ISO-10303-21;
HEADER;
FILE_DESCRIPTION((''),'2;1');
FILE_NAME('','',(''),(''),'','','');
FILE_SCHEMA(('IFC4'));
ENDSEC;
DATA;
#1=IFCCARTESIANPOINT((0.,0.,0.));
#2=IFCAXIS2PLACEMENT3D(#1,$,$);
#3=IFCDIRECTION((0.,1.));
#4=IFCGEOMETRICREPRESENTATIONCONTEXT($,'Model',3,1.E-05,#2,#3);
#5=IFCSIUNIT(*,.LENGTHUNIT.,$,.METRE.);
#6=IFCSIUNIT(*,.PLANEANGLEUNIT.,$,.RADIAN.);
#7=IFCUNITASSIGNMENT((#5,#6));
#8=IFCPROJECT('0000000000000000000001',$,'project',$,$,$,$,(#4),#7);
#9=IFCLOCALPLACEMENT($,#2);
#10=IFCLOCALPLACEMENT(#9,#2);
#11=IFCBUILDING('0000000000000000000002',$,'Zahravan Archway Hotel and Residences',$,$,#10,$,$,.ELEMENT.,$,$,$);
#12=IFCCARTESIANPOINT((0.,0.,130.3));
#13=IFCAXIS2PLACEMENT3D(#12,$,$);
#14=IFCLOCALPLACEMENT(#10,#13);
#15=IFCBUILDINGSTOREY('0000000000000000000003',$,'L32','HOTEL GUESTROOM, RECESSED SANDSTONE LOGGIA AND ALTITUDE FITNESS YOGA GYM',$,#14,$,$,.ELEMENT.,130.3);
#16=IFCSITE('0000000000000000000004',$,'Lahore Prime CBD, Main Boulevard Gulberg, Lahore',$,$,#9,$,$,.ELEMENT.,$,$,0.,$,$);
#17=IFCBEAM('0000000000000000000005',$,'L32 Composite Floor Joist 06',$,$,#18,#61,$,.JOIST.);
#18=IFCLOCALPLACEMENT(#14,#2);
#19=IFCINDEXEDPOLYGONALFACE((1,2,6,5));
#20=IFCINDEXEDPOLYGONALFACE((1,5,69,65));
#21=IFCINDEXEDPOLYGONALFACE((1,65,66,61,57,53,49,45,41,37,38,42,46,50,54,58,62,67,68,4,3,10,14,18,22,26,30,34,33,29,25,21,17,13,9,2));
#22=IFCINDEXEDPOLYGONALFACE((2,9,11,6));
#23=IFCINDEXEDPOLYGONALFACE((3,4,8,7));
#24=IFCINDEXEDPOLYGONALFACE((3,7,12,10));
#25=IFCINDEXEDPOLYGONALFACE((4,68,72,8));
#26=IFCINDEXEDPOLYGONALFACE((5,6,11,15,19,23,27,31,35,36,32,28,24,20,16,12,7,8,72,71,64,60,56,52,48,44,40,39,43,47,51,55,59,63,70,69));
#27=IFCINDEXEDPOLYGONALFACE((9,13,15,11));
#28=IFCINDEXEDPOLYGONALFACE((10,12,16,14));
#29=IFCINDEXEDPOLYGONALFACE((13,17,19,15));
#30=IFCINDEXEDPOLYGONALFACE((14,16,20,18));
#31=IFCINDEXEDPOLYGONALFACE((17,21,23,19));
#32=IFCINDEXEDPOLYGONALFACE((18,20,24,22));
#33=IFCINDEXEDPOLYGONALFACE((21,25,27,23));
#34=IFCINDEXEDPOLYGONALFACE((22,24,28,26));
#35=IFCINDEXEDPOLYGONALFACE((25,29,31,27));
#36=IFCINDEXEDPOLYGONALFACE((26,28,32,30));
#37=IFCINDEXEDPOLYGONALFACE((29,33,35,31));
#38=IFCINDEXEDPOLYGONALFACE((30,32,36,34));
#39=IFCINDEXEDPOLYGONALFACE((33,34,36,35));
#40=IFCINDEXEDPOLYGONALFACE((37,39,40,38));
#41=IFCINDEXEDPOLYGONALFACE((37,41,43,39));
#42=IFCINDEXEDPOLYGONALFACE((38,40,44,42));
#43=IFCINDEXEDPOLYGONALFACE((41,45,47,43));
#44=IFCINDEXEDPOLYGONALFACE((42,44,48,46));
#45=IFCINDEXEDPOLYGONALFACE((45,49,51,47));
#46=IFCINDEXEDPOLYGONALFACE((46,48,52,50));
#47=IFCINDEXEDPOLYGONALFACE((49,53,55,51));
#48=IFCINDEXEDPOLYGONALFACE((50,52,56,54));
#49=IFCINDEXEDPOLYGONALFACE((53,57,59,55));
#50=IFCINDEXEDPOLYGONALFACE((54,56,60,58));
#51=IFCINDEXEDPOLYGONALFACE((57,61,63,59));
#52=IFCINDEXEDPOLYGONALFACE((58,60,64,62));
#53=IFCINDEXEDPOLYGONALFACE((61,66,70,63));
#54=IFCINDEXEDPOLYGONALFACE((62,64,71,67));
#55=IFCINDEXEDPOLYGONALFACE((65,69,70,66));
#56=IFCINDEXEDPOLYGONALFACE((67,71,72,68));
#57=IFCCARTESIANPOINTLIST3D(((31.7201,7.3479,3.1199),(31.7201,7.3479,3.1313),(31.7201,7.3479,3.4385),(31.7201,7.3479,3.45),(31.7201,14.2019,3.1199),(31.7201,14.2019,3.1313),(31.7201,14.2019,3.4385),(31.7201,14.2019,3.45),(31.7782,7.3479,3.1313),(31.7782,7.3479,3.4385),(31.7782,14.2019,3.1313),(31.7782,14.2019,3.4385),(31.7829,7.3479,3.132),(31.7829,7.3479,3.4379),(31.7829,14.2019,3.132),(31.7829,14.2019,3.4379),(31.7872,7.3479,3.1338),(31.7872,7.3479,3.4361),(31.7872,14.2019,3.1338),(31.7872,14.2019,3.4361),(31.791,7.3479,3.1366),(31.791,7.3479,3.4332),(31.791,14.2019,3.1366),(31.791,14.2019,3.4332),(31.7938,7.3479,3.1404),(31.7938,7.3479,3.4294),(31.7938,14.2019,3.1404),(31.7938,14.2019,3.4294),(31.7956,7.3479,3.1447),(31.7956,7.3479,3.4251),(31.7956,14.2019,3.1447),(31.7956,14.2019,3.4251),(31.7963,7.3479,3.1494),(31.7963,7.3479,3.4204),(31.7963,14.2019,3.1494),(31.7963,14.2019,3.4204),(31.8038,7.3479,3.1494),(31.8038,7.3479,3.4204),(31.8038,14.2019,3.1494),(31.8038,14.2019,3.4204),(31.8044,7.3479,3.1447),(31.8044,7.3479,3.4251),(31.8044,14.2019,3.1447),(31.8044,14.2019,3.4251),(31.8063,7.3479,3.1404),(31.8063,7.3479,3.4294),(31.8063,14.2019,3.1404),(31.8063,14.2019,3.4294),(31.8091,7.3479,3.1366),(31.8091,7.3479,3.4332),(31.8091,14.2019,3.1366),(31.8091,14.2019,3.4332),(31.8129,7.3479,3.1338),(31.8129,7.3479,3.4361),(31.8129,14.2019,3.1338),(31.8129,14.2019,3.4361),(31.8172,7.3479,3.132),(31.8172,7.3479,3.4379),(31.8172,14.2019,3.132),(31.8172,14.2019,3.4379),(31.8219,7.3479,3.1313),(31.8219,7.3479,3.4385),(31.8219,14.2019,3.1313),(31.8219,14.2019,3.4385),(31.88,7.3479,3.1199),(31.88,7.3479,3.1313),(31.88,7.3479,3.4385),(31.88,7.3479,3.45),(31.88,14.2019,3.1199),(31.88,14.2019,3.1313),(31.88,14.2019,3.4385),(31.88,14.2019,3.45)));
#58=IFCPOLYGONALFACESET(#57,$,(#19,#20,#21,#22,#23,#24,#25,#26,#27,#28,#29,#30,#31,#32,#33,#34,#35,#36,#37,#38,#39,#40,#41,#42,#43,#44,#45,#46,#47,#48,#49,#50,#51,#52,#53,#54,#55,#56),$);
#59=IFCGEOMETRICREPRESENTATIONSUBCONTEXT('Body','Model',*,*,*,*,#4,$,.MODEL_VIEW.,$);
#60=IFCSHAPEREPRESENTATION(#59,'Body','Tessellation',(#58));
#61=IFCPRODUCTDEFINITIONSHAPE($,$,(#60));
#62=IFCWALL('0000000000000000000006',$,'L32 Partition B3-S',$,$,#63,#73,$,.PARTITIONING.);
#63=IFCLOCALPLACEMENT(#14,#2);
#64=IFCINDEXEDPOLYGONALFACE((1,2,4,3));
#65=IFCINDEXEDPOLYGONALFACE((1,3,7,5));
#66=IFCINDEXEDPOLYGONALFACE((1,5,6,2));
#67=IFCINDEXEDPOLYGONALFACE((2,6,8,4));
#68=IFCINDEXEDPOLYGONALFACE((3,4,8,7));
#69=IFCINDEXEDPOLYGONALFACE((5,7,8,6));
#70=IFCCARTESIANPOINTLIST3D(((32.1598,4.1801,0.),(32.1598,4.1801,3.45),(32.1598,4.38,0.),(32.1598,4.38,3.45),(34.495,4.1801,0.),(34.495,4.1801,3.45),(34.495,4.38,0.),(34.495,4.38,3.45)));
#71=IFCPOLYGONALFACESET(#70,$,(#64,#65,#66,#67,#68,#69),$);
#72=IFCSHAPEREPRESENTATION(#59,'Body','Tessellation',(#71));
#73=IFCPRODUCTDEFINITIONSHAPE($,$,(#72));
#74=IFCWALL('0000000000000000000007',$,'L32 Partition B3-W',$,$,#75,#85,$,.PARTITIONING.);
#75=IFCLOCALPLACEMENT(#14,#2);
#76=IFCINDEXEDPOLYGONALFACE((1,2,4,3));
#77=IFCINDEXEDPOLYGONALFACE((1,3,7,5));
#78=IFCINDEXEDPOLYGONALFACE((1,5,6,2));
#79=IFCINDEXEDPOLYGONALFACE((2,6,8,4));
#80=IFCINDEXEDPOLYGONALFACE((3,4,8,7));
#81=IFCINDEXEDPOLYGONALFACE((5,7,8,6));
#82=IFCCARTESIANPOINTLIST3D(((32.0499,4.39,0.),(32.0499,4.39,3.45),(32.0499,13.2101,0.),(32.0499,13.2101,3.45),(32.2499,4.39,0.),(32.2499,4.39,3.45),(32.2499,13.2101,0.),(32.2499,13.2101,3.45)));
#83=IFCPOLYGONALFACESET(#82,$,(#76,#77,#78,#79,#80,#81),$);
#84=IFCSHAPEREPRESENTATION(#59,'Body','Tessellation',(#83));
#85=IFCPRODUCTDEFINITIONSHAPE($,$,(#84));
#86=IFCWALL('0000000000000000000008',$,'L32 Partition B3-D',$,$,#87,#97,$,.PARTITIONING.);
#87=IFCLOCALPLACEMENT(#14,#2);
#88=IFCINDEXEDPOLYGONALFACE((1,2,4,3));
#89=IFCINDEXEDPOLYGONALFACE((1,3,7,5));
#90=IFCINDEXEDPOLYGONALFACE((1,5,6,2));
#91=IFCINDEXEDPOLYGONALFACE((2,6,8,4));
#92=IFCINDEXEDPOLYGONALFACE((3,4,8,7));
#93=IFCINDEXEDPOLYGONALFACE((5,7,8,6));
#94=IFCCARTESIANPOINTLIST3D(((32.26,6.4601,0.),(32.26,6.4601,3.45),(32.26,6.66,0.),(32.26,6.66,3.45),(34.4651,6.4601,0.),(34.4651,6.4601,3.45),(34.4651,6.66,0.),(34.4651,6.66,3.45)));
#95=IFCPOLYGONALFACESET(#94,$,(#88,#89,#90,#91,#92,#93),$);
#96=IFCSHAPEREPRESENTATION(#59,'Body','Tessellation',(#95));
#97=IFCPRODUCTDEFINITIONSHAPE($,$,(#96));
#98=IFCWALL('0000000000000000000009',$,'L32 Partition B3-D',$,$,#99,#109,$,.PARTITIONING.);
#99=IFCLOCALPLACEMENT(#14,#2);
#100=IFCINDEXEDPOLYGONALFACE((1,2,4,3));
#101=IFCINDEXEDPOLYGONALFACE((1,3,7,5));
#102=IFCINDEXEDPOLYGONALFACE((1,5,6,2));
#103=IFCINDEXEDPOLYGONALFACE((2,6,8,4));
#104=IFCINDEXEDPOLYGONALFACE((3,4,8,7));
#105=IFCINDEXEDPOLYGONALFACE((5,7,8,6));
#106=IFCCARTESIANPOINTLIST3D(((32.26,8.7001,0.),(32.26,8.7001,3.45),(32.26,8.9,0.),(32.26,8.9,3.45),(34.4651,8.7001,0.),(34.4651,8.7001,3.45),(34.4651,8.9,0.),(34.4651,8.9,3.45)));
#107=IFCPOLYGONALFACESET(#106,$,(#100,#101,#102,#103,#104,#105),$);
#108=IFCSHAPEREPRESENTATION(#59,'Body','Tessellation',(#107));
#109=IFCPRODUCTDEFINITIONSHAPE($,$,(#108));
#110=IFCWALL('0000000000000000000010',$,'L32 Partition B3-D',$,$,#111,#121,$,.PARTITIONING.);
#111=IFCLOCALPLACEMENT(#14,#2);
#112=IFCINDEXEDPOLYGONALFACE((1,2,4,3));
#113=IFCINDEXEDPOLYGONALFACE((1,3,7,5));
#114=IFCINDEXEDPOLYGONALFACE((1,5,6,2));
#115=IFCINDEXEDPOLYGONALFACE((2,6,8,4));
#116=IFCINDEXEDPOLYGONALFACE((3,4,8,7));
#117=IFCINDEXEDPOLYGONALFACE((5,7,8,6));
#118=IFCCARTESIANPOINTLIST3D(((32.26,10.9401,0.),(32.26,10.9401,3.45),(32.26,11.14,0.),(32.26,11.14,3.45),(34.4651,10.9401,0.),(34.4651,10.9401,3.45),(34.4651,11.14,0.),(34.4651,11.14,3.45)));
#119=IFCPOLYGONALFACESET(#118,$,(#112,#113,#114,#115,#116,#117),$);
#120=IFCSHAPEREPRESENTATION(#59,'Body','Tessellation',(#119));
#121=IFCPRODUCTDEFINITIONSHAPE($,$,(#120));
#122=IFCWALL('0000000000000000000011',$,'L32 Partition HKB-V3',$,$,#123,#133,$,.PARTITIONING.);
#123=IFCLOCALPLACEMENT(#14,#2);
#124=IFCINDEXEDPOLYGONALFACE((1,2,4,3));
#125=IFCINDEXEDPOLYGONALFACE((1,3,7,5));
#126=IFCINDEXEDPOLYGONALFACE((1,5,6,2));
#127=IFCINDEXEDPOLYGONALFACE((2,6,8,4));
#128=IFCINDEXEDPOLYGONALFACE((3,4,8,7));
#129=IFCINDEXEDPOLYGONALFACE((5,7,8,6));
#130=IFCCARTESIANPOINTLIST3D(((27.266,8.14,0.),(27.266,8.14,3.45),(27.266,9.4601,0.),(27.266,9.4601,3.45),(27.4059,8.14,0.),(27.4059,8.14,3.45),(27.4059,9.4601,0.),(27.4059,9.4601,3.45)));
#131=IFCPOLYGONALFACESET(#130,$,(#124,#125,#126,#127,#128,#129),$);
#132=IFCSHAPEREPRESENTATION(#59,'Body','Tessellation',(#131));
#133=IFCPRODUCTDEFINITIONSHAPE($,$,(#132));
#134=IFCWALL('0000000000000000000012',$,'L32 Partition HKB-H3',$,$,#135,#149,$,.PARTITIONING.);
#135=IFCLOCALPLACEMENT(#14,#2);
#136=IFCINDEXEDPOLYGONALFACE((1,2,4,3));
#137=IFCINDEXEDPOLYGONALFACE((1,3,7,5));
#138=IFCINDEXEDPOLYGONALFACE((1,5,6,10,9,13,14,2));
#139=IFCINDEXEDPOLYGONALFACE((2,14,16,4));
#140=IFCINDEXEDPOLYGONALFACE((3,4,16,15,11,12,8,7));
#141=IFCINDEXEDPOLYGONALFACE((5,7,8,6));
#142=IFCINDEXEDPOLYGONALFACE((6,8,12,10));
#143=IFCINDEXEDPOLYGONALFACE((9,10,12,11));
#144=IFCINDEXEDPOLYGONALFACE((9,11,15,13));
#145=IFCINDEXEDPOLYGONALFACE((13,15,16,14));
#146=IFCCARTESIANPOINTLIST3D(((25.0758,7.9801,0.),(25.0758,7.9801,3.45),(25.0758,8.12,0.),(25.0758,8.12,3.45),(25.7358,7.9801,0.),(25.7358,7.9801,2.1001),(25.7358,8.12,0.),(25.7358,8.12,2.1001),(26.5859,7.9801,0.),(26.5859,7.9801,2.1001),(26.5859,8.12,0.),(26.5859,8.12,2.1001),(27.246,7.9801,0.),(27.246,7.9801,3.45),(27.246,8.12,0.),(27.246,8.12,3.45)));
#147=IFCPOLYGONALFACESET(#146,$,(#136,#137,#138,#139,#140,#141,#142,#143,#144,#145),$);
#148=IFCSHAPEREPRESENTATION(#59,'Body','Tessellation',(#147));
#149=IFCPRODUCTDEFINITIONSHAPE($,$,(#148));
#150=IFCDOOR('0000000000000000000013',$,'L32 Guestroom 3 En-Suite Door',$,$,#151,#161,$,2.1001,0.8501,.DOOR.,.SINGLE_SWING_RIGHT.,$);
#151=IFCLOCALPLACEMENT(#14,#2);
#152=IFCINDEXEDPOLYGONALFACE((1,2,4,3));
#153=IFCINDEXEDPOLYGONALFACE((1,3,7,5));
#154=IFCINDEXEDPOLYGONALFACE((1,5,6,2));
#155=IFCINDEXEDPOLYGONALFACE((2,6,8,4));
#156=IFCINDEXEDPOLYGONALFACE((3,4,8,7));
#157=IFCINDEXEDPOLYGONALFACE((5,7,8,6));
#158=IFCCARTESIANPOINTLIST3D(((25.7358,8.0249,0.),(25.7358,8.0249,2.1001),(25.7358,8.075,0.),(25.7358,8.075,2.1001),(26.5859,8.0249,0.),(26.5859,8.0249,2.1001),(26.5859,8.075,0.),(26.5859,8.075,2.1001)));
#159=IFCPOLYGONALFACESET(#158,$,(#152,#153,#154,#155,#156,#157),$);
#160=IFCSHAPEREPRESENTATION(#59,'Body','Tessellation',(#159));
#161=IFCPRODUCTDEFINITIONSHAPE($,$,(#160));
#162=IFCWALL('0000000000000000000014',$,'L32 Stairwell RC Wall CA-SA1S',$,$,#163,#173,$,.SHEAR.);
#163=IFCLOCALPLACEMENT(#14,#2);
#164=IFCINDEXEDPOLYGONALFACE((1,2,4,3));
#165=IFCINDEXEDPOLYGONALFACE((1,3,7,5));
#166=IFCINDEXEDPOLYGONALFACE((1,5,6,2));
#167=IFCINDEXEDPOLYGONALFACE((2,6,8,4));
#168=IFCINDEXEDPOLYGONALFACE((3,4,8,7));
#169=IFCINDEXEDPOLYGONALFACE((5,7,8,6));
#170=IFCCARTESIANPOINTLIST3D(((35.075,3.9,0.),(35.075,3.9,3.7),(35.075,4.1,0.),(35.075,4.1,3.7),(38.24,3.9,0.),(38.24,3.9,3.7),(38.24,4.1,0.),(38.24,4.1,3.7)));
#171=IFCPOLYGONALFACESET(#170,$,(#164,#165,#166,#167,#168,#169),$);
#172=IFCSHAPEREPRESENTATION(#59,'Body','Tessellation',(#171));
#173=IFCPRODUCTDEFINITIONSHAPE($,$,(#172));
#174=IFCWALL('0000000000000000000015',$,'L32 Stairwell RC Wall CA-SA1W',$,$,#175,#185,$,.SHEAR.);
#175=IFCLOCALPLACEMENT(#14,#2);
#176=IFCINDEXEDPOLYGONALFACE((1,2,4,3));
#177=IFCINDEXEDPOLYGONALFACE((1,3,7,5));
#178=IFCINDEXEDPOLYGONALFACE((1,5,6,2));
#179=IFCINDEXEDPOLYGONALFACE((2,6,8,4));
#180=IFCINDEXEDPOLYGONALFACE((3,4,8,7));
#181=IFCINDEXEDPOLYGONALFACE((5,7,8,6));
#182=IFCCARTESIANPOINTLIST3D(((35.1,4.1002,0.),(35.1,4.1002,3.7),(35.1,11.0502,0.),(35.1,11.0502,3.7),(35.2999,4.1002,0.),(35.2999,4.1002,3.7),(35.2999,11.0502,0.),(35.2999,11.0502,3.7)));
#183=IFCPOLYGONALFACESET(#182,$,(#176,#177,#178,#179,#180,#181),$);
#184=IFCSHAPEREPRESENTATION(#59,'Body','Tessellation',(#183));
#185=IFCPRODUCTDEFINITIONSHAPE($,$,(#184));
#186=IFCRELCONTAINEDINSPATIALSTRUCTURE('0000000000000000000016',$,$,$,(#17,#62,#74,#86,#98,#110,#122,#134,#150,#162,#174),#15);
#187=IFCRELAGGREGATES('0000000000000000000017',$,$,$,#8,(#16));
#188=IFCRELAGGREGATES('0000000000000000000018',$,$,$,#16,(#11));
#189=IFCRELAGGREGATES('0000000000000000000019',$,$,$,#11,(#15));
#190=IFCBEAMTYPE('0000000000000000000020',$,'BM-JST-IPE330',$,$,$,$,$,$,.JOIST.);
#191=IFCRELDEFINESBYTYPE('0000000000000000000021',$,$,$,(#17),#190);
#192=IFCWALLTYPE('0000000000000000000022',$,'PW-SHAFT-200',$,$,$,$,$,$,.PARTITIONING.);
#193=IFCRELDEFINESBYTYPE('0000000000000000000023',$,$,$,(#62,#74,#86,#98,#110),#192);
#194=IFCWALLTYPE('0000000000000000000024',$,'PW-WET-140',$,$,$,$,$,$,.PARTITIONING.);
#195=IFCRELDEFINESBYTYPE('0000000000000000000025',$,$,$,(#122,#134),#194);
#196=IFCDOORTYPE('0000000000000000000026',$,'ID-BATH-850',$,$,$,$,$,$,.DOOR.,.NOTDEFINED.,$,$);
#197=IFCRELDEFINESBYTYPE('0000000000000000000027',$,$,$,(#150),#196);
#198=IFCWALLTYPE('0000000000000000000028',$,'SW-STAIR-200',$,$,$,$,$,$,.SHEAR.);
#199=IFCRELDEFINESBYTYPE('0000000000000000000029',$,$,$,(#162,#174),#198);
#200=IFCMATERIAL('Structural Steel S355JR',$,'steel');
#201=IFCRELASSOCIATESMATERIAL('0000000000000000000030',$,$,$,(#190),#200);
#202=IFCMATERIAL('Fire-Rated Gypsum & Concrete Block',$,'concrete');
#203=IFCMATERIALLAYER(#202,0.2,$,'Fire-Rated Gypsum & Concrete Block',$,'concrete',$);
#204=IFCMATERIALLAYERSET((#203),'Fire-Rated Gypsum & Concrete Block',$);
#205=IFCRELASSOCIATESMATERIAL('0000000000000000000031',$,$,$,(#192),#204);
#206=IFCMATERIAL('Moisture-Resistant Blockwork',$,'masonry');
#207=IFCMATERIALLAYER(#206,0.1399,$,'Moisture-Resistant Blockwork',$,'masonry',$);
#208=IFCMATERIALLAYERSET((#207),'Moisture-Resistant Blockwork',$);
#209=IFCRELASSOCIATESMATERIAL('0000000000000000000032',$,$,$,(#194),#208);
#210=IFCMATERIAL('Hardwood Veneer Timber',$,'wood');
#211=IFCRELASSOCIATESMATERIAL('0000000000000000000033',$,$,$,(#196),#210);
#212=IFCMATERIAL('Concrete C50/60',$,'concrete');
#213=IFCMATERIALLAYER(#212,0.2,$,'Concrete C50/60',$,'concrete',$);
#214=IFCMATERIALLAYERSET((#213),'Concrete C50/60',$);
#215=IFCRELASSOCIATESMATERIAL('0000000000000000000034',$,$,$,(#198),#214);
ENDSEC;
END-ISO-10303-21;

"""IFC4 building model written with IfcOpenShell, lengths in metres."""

from ifc_helpers import new_model, si_unit, direction, frame, frame_2d, origin, origin_2d, place, context, subcontext, project, spatial, rectangle, i_section, extrude, source, transform, mapped, material, layer, layer_set, material_profile, profile_set, type_object, type_shapes, element, fill, save


model = new_model("IFC4")

# Units and contexts
model_context = context("Model", 3, precision=1e-05, world=origin(), true_north=direction((0.0, 1.0)))
body_context = subcontext(model_context, "Body", "Model", "MODEL_VIEW")
ifc_project = project(units=[si_unit("LENGTHUNIT", "METRE"), si_unit("PLANEANGLEUNIT", "RADIAN")], contexts=[model_context])

# Site, building, storey
site_placement = place(None, origin())
site = spatial("IfcSite", under=ifc_project, at=site_placement, Name="Lahore Prime CBD, Main Boulevard Gulberg, Lahore", CompositionType="ELEMENT", RefElevation=0.0)
building_placement = place(site_placement, origin())
building = spatial("IfcBuilding", under=site, at=building_placement, Name="Zahravan Archway Hotel and Residences", CompositionType="ELEMENT")
storey_placement = place(building_placement, frame((0.0, 0.0, 130.3)))
storey = spatial("IfcBuildingStorey", under=building, at=storey_placement, Name="L32", Description="HOTEL GUESTROOM, RECESSED SANDSTONE LOGGIA AND ALTITUDE FITNESS YOGA GYM", CompositionType="ELEMENT", Elevation=130.3)

# Beam
ifc_material_1 = material(Name="Structural Steel S355JR", Category="steel")
ifc_material_profile_1 = material_profile(ifc_material_1, i_section(OverallWidth=0.1599, OverallDepth=0.3301, WebThickness=0.0076, FlangeThickness=0.0115, FilletRadius=0.0181, at=origin_2d()), Name="IPE 330", Category="steel")
ifc_profile_set_1 = profile_set([ifc_material_profile_1], Name="Structural Steel S355JR")
beam_type_1 = type_object("IfcBeamType", Name="BM-JST-IPE330", PredefinedType="JOIST", material=ifc_profile_set_1)
shared_shape_1 = source(origin(), body_context, "Body", "SweptSolid", [
    extrude(i_section(OverallWidth=0.1599, OverallDepth=0.3301, WebThickness=0.0076, FlangeThickness=0.0115, FilletRadius=0.0181, at=origin_2d()), origin(), (0.0, 0.0, 1.0), 6.854),
])
beam_1_placement = place(storey_placement, frame((31.8, 7.3479, 3.2849), z_axis=(0.0, 1.0, 0.0), x_axis=(-1.0, 0.0, 0.0)))
element("IfcBeam", 1, at=beam_1_placement, inside=storey, type_object=beam_type_1, Name="L32 Composite Floor Joist 06", PredefinedType="JOIST", context=body_context, shape_type="MappedRepresentation", body=[
    mapped(shared_shape_1, transform((0.0, 0.0, 0.0), scale=1.0)),
])

# Walls
ifc_material_2 = material(Name="Fire-Rated Gypsum & Concrete Block", Category="concrete")
ifc_layer_1 = layer(ifc_material_2, 0.2, Name="Fire-Rated Gypsum & Concrete Block", Category="concrete")
ifc_layer_set_1 = layer_set([ifc_layer_1], Name="Fire-Rated Gypsum & Concrete Block")
wall_type_1 = type_object("IfcWallType", Name="PW-SHAFT-200", PredefinedType="PARTITIONING", material=ifc_layer_set_1)
wall_1_placement = place(storey_placement, frame((32.1599, 4.28, 0.0), z_axis=(0.0, 0.0, 1.0), x_axis=(1.0, 0.0, 0.0)))
element("IfcWall", 2, at=wall_1_placement, inside=storey, type_object=wall_type_1, Name="L32 Partition B3-S", PredefinedType="PARTITIONING", context=body_context, shape_type="SweptSolid", body=[
    extrude(rectangle(XDim=2.3352, YDim=0.2, at=frame_2d((1.1675, 0.0))), origin(), (0.0, 0.0, 1.0), 3.45),
])
wall_2_placement = place(storey_placement, frame((32.1499, 4.3899, 0.0), z_axis=(0.0, 0.0, 1.0), x_axis=(0.0, 1.0, 0.0)))
element("IfcWall", 3, at=wall_2_placement, inside=storey, type_object=wall_type_1, Name="L32 Partition B3-W", PredefinedType="PARTITIONING", context=body_context, shape_type="SweptSolid", body=[
    extrude(rectangle(XDim=8.8201, YDim=0.2, at=frame_2d((4.4102, 0.0))), origin(), (0.0, 0.0, 1.0), 3.45),
])
for number, where, z_axis, x_axis, name in (
    (4, (32.26, 6.5601, 0.0), (0.0, 0.0, 1.0), (1.0, 0.0, 0.0), "L32 Partition B3-D"),
    (5, (32.26, 8.8, 0.0), (0.0, 0.0, 1.0), (1.0, 0.0, 0.0), "L32 Partition B3-D"),
    (6, (32.26, 11.04, 0.0), (0.0, 0.0, 1.0), (1.0, 0.0, 0.0), "L32 Partition B3-D"),
):
    element("IfcWall", number, at=place(storey_placement, frame(where, z_axis=z_axis, x_axis=x_axis)), inside=storey, type_object=wall_type_1, Name=name, PredefinedType="PARTITIONING", context=body_context, shape_type="SweptSolid", body=[
        extrude(rectangle(XDim=2.2051, YDim=0.2, at=frame_2d((1.1025, 0.0))), origin(), (0.0, 0.0, 1.0), 3.45),
    ])
ifc_material_3 = material(Name="Moisture-Resistant Blockwork", Category="masonry")
ifc_layer_2 = layer(ifc_material_3, 0.1399, Name="Moisture-Resistant Blockwork", Category="masonry")
ifc_layer_set_2 = layer_set([ifc_layer_2], Name="Moisture-Resistant Blockwork")
wall_type_2 = type_object("IfcWallType", Name="PW-WET-140", PredefinedType="PARTITIONING", material=ifc_layer_set_2)
wall_3_placement = place(storey_placement, frame((27.3359, 8.1399, 0.0), z_axis=(0.0, 0.0, 1.0), x_axis=(0.0, 1.0, 0.0)))
element("IfcWall", 7, at=wall_3_placement, inside=storey, type_object=wall_type_2, Name="L32 Partition HKB-V3", PredefinedType="PARTITIONING", context=body_context, shape_type="SweptSolid", body=[
    extrude(rectangle(XDim=1.3201, YDim=0.1399, at=frame_2d((0.6602, 0.0))), origin(), (0.0, 0.0, 1.0), 3.45),
])

# Wall, opening, door
wall_4_placement = place(storey_placement, frame((25.0759, 8.05, 0.0), z_axis=(0.0, 0.0, 1.0), x_axis=(1.0, 0.0, 0.0)))
wall_4 = element("IfcWall", 8, at=wall_4_placement, inside=storey, type_object=wall_type_2, Name="L32 Partition HKB-H3", PredefinedType="PARTITIONING", context=body_context, shape_type="SweptSolid", body=[
    extrude(rectangle(XDim=2.1702, YDim=0.1399, at=frame_2d((1.085, 0.0))), origin(), (0.0, 0.0, 1.0), 3.45),
])
opening_placement = place(wall_4_placement, frame((0.6599, 0.0, 0.0)))
opening = element("IfcOpeningElement", 9, at=opening_placement, cuts=wall_4, PredefinedType="OPENING", context=body_context, shape_type="SweptSolid", body=[
    extrude(rectangle(XDim=0.8501, YDim=2.1001, at=frame_2d((0.425, 1.05))), frame((0.0, 0.0801, 0.0), z_axis=(0.0, -1.0, 0.0), x_axis=(1.0, 0.0, 0.0)), (0.0, 0.0, 1.0), 0.1599),
])
ifc_material_4 = material(Name="Hardwood Veneer Timber", Category="wood")
door_type = type_object("IfcDoorType", Name="ID-BATH-850", OperationType="NOTDEFINED", PredefinedType="DOOR", material=ifc_material_4)
shared_shape_2 = source(origin(), body_context, "Body", "SweptSolid", [
    extrude(rectangle(XDim=0.8501, YDim=2.1001, at=frame_2d((0.425, 1.05))), frame((0.0, 0.0249, 0.0), z_axis=(0.0, -1.0, 0.0), x_axis=(1.0, 0.0, 0.0)), (0.0, 0.0, 1.0), 0.05),
])
type_shapes(door_type, [shared_shape_2])
door_placement = place(opening_placement, origin())
door = element("IfcDoor", 10, at=door_placement, inside=storey, type_object=door_type, Name="L32 Guestroom 3 En-Suite Door", OperationType="SINGLE_SWING_RIGHT", OverallHeight=2.1001, OverallWidth=0.8501, PredefinedType="DOOR", context=body_context, shape_type="MappedRepresentation", body=[
    mapped(shared_shape_2, transform((0.0, 0.0, 0.0), scale=1.0)),
])
fill(opening, door)

# Walls
ifc_material_5 = material(Name="Concrete C50/60", Category="concrete")
ifc_layer_3 = layer(ifc_material_5, 0.2, Name="Concrete C50/60", Category="concrete")
ifc_layer_set_3 = layer_set([ifc_layer_3], Name="Concrete C50/60")
wall_type_3 = type_object("IfcWallType", Name="SW-STAIR-200", PredefinedType="SHEAR", material=ifc_layer_set_3)
wall_5_placement = place(storey_placement, frame((35.075, 4.0, 0.0), z_axis=(0.0, 0.0, 1.0), x_axis=(1.0, 0.0, 0.0)))
element("IfcWall", 11, at=wall_5_placement, inside=storey, type_object=wall_type_3, Name="L32 Stairwell RC Wall CA-SA1S", PredefinedType="SHEAR", context=body_context, shape_type="SweptSolid", body=[
    extrude(rectangle(XDim=3.165, YDim=0.2, at=frame_2d((1.5825, 0.0))), origin(), (0.0, 0.0, 1.0), 3.7),
])
wall_6_placement = place(storey_placement, frame((35.2, 4.1001, 0.0), z_axis=(0.0, 0.0, 1.0), x_axis=(0.0, 1.0, 0.0)))
element("IfcWall", 12, at=wall_6_placement, inside=storey, type_object=wall_type_3, Name="L32 Stairwell RC Wall CA-SA1W", PredefinedType="SHEAR", context=body_context, shape_type="SweptSolid", body=[
    extrude(rectangle(XDim=6.95, YDim=0.2, at=frame_2d((3.4751, 0.0))), origin(), (0.0, 0.0, 1.0), 3.7),
])

save(model, "model.ifc")
